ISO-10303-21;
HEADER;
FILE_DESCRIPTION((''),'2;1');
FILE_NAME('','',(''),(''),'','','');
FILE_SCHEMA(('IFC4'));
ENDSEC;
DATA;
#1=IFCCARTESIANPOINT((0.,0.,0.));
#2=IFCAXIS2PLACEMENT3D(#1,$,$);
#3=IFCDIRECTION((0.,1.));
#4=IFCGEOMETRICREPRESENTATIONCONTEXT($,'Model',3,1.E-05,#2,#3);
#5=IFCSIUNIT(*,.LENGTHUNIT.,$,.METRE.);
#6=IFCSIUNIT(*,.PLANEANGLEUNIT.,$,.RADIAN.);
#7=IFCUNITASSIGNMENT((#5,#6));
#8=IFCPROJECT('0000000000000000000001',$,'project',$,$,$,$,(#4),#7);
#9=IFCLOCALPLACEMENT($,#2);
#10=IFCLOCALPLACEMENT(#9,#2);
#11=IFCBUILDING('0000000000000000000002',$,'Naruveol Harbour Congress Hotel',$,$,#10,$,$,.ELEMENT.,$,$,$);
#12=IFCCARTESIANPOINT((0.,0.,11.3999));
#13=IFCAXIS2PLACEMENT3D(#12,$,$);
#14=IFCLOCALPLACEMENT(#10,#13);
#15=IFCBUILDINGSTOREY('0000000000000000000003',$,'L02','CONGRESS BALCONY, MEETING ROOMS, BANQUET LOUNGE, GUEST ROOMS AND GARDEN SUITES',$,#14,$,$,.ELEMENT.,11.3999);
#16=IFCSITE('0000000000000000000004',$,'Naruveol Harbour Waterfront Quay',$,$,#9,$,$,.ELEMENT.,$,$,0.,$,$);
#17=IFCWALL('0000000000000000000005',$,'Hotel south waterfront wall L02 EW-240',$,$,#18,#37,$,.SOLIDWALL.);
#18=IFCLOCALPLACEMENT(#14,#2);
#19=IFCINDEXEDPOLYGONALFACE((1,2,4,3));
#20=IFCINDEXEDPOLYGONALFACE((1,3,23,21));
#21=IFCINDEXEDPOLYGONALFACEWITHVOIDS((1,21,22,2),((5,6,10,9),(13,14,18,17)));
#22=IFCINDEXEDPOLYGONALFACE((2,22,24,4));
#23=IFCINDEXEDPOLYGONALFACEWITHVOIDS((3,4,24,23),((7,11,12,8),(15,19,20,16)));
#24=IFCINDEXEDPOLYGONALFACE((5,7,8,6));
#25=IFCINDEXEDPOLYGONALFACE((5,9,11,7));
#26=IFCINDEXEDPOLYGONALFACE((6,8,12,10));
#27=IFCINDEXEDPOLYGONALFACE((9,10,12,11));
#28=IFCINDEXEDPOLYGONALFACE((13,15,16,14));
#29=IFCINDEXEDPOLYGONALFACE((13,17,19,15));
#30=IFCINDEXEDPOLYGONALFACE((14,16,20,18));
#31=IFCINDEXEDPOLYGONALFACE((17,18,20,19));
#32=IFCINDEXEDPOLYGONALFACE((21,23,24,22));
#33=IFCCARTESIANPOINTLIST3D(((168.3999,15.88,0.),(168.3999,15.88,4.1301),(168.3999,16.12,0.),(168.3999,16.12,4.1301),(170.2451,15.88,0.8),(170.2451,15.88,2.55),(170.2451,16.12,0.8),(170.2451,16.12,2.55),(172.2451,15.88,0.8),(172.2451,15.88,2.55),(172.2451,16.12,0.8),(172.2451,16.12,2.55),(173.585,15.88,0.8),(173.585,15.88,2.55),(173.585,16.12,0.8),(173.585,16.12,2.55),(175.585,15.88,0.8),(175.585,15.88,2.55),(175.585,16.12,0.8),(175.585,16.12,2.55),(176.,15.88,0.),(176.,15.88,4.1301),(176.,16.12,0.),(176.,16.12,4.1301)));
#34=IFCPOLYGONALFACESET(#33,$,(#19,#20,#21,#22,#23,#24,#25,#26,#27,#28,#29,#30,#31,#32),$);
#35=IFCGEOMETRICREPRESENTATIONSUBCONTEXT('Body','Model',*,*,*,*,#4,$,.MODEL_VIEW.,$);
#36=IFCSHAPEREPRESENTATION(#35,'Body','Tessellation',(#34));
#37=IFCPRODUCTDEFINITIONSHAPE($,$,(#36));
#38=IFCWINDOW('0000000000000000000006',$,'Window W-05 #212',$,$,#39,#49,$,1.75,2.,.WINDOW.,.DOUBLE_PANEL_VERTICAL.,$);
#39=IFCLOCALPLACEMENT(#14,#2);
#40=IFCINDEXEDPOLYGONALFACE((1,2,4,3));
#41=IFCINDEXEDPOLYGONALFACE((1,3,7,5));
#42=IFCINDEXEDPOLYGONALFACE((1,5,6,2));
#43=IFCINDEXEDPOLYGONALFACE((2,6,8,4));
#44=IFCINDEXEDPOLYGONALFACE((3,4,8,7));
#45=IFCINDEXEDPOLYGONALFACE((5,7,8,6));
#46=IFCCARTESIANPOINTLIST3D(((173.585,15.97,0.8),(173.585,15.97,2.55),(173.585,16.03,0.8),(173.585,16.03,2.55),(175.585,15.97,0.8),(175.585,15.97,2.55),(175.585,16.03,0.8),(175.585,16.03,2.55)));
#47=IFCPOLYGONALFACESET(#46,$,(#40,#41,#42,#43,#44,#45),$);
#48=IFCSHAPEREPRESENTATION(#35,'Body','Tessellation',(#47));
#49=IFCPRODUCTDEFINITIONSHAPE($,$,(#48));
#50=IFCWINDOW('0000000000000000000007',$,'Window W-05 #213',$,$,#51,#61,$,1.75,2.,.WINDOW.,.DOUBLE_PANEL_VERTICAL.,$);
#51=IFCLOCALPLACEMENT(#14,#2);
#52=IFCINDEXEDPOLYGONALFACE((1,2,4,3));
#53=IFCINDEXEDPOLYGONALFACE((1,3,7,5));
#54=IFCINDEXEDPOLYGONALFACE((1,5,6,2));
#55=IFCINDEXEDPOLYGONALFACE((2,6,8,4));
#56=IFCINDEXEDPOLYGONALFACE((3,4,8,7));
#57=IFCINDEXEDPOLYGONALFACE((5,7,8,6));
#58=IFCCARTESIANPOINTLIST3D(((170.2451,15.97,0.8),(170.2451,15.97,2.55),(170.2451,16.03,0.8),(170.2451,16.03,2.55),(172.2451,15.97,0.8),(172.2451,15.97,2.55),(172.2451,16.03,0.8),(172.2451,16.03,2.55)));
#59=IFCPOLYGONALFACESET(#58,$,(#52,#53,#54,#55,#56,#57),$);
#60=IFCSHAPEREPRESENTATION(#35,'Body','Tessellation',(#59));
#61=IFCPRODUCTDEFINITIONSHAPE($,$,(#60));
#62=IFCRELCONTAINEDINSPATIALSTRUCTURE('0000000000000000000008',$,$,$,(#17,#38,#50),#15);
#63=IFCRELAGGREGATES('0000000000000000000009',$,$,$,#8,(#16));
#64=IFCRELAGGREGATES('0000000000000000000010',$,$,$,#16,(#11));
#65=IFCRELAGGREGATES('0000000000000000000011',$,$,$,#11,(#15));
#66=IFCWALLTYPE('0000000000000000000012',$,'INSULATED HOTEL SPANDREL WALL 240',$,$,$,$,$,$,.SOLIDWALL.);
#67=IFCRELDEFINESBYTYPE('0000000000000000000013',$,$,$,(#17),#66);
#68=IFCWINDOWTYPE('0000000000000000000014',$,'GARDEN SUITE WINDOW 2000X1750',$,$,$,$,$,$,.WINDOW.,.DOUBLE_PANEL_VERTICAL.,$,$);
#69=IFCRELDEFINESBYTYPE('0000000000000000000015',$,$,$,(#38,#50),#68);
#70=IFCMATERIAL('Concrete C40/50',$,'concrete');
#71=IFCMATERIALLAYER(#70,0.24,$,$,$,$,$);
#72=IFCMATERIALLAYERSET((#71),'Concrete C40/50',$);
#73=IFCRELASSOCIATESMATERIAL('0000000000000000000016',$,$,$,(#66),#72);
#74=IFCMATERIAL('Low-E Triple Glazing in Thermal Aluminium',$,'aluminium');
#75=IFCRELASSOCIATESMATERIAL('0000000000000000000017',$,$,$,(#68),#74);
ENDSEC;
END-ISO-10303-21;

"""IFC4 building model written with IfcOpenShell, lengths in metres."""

from ifc_helpers import new_model, si_unit, direction, frame, frame_2d, origin, place, context, subcontext, project, spatial, rectangle, extrude, material, layer, layer_set, type_object, element, fill, save


model = new_model("IFC4")

# Units and contexts
model_context = context("Model", 3, precision=1e-05, world=origin(), true_north=direction((0.0, 1.0)))
body_context = subcontext(model_context, "Body", "Model", "MODEL_VIEW")
ifc_project = project(units=[si_unit("LENGTHUNIT", "METRE"), si_unit("PLANEANGLEUNIT", "RADIAN")], contexts=[model_context])

# Site, building, storey
site_placement = place(None, origin())
site = spatial("IfcSite", under=ifc_project, at=site_placement, Name="Naruveol Harbour Waterfront Quay", CompositionType="ELEMENT", RefElevation=0.0)
building_placement = place(site_placement, origin())
building = spatial("IfcBuilding", under=site, at=building_placement, Name="Naruveol Harbour Congress Hotel", CompositionType="ELEMENT")
storey_placement = place(building_placement, frame((0.0, 0.0, 11.3999)))
storey = spatial("IfcBuildingStorey", under=building, at=storey_placement, Name="L02", Description="CONGRESS BALCONY, MEETING ROOMS, BANQUET LOUNGE, GUEST ROOMS AND GARDEN SUITES", CompositionType="ELEMENT", Elevation=11.3999)

# Wall, openings, windows
ifc_material_1 = material(Name="Concrete C40/50", Category="concrete")
ifc_layer_1 = layer(ifc_material_1, 0.24)
ifc_layer_set_1 = layer_set([ifc_layer_1], Name="Concrete C40/50")
wall_type_1 = type_object("IfcWallType", Name="INSULATED HOTEL SPANDREL WALL 240", PredefinedType="SOLIDWALL", material=ifc_layer_set_1)
wall_1_placement = place(storey_placement, frame((176.0, 16.0, 0.0), z_axis=(0.0, 0.0, 1.0), x_axis=(-1.0, 0.0, 0.0)))
wall_1 = element("IfcWall", 1, at=wall_1_placement, inside=storey, type_object=wall_type_1, Name="Hotel south waterfront wall L02 EW-240", PredefinedType="SOLIDWALL", context=body_context, shape_type="SweptSolid", body=[
    extrude(rectangle(XDim=7.6001, YDim=0.24, at=frame_2d((3.8, 0.0))), origin(), (0.0, 0.0, 1.0), 4.1301),
])
opening_1_placement = place(wall_1_placement, frame((0.415, 0.0, 0.8)))
opening_1 = element("IfcOpeningElement", 2, at=opening_1_placement, cuts=wall_1, PredefinedType="OPENING", context=body_context, shape_type="SweptSolid", body=[
    extrude(rectangle(XDim=2.0, YDim=1.75, at=frame_2d((1.0, 0.875))), frame((0.0, 0.1299, 0.0), z_axis=(0.0, -1.0, 0.0), x_axis=(1.0, 0.0, 0.0)), (0.0, 0.0, 1.0), 0.26),
])
opening_2_placement = place(wall_1_placement, frame((3.7549, 0.0, 0.8)))
opening_2 = element("IfcOpeningElement", 3, at=opening_2_placement, cuts=wall_1, PredefinedType="OPENING", context=body_context, shape_type="SweptSolid", body=[
    extrude(rectangle(XDim=2.0, YDim=1.75, at=frame_2d((1.0, 0.875))), frame((0.0, 0.1299, 0.0), z_axis=(0.0, -1.0, 0.0), x_axis=(1.0, 0.0, 0.0)), (0.0, 0.0, 1.0), 0.26),
])
ifc_material_2 = material(Name="Low-E Triple Glazing in Thermal Aluminium", Category="aluminium")
window_type = type_object("IfcWindowType", Name="GARDEN SUITE WINDOW 2000X1750", PartitioningType="DOUBLE_PANEL_VERTICAL", PredefinedType="WINDOW", material=ifc_material_2)
window_1_placement = place(opening_1_placement, origin())
window_1 = element("IfcWindow", 4, at=window_1_placement, inside=storey, type_object=window_type, Name="Window W-05 #212", OverallHeight=1.75, OverallWidth=2.0, PartitioningType="DOUBLE_PANEL_VERTICAL", PredefinedType="WINDOW", context=body_context, shape_type="SweptSolid", body=[
    extrude(rectangle(XDim=2.0, YDim=1.75, at=frame_2d((1.0, 0.875))), frame((0.0, 0.03, 0.0), z_axis=(0.0, -1.0, 0.0), x_axis=(1.0, 0.0, 0.0)), (0.0, 0.0, 1.0), 0.0601),
])
fill(opening_1, window_1)
window_2_placement = place(opening_2_placement, origin())
window_2 = element("IfcWindow", 5, at=window_2_placement, inside=storey, type_object=window_type, Name="Window W-05 #213", OverallHeight=1.75, OverallWidth=2.0, PartitioningType="DOUBLE_PANEL_VERTICAL", PredefinedType="WINDOW", context=body_context, shape_type="SweptSolid", body=[
    extrude(rectangle(XDim=2.0, YDim=1.75, at=frame_2d((1.0, 0.875))), frame((0.0, 0.03, 0.0), z_axis=(0.0, -1.0, 0.0), x_axis=(1.0, 0.0, 0.0)), (0.0, 0.0, 1.0), 0.0601),
])
fill(opening_2, window_2)

save(model, "model.ifc")
